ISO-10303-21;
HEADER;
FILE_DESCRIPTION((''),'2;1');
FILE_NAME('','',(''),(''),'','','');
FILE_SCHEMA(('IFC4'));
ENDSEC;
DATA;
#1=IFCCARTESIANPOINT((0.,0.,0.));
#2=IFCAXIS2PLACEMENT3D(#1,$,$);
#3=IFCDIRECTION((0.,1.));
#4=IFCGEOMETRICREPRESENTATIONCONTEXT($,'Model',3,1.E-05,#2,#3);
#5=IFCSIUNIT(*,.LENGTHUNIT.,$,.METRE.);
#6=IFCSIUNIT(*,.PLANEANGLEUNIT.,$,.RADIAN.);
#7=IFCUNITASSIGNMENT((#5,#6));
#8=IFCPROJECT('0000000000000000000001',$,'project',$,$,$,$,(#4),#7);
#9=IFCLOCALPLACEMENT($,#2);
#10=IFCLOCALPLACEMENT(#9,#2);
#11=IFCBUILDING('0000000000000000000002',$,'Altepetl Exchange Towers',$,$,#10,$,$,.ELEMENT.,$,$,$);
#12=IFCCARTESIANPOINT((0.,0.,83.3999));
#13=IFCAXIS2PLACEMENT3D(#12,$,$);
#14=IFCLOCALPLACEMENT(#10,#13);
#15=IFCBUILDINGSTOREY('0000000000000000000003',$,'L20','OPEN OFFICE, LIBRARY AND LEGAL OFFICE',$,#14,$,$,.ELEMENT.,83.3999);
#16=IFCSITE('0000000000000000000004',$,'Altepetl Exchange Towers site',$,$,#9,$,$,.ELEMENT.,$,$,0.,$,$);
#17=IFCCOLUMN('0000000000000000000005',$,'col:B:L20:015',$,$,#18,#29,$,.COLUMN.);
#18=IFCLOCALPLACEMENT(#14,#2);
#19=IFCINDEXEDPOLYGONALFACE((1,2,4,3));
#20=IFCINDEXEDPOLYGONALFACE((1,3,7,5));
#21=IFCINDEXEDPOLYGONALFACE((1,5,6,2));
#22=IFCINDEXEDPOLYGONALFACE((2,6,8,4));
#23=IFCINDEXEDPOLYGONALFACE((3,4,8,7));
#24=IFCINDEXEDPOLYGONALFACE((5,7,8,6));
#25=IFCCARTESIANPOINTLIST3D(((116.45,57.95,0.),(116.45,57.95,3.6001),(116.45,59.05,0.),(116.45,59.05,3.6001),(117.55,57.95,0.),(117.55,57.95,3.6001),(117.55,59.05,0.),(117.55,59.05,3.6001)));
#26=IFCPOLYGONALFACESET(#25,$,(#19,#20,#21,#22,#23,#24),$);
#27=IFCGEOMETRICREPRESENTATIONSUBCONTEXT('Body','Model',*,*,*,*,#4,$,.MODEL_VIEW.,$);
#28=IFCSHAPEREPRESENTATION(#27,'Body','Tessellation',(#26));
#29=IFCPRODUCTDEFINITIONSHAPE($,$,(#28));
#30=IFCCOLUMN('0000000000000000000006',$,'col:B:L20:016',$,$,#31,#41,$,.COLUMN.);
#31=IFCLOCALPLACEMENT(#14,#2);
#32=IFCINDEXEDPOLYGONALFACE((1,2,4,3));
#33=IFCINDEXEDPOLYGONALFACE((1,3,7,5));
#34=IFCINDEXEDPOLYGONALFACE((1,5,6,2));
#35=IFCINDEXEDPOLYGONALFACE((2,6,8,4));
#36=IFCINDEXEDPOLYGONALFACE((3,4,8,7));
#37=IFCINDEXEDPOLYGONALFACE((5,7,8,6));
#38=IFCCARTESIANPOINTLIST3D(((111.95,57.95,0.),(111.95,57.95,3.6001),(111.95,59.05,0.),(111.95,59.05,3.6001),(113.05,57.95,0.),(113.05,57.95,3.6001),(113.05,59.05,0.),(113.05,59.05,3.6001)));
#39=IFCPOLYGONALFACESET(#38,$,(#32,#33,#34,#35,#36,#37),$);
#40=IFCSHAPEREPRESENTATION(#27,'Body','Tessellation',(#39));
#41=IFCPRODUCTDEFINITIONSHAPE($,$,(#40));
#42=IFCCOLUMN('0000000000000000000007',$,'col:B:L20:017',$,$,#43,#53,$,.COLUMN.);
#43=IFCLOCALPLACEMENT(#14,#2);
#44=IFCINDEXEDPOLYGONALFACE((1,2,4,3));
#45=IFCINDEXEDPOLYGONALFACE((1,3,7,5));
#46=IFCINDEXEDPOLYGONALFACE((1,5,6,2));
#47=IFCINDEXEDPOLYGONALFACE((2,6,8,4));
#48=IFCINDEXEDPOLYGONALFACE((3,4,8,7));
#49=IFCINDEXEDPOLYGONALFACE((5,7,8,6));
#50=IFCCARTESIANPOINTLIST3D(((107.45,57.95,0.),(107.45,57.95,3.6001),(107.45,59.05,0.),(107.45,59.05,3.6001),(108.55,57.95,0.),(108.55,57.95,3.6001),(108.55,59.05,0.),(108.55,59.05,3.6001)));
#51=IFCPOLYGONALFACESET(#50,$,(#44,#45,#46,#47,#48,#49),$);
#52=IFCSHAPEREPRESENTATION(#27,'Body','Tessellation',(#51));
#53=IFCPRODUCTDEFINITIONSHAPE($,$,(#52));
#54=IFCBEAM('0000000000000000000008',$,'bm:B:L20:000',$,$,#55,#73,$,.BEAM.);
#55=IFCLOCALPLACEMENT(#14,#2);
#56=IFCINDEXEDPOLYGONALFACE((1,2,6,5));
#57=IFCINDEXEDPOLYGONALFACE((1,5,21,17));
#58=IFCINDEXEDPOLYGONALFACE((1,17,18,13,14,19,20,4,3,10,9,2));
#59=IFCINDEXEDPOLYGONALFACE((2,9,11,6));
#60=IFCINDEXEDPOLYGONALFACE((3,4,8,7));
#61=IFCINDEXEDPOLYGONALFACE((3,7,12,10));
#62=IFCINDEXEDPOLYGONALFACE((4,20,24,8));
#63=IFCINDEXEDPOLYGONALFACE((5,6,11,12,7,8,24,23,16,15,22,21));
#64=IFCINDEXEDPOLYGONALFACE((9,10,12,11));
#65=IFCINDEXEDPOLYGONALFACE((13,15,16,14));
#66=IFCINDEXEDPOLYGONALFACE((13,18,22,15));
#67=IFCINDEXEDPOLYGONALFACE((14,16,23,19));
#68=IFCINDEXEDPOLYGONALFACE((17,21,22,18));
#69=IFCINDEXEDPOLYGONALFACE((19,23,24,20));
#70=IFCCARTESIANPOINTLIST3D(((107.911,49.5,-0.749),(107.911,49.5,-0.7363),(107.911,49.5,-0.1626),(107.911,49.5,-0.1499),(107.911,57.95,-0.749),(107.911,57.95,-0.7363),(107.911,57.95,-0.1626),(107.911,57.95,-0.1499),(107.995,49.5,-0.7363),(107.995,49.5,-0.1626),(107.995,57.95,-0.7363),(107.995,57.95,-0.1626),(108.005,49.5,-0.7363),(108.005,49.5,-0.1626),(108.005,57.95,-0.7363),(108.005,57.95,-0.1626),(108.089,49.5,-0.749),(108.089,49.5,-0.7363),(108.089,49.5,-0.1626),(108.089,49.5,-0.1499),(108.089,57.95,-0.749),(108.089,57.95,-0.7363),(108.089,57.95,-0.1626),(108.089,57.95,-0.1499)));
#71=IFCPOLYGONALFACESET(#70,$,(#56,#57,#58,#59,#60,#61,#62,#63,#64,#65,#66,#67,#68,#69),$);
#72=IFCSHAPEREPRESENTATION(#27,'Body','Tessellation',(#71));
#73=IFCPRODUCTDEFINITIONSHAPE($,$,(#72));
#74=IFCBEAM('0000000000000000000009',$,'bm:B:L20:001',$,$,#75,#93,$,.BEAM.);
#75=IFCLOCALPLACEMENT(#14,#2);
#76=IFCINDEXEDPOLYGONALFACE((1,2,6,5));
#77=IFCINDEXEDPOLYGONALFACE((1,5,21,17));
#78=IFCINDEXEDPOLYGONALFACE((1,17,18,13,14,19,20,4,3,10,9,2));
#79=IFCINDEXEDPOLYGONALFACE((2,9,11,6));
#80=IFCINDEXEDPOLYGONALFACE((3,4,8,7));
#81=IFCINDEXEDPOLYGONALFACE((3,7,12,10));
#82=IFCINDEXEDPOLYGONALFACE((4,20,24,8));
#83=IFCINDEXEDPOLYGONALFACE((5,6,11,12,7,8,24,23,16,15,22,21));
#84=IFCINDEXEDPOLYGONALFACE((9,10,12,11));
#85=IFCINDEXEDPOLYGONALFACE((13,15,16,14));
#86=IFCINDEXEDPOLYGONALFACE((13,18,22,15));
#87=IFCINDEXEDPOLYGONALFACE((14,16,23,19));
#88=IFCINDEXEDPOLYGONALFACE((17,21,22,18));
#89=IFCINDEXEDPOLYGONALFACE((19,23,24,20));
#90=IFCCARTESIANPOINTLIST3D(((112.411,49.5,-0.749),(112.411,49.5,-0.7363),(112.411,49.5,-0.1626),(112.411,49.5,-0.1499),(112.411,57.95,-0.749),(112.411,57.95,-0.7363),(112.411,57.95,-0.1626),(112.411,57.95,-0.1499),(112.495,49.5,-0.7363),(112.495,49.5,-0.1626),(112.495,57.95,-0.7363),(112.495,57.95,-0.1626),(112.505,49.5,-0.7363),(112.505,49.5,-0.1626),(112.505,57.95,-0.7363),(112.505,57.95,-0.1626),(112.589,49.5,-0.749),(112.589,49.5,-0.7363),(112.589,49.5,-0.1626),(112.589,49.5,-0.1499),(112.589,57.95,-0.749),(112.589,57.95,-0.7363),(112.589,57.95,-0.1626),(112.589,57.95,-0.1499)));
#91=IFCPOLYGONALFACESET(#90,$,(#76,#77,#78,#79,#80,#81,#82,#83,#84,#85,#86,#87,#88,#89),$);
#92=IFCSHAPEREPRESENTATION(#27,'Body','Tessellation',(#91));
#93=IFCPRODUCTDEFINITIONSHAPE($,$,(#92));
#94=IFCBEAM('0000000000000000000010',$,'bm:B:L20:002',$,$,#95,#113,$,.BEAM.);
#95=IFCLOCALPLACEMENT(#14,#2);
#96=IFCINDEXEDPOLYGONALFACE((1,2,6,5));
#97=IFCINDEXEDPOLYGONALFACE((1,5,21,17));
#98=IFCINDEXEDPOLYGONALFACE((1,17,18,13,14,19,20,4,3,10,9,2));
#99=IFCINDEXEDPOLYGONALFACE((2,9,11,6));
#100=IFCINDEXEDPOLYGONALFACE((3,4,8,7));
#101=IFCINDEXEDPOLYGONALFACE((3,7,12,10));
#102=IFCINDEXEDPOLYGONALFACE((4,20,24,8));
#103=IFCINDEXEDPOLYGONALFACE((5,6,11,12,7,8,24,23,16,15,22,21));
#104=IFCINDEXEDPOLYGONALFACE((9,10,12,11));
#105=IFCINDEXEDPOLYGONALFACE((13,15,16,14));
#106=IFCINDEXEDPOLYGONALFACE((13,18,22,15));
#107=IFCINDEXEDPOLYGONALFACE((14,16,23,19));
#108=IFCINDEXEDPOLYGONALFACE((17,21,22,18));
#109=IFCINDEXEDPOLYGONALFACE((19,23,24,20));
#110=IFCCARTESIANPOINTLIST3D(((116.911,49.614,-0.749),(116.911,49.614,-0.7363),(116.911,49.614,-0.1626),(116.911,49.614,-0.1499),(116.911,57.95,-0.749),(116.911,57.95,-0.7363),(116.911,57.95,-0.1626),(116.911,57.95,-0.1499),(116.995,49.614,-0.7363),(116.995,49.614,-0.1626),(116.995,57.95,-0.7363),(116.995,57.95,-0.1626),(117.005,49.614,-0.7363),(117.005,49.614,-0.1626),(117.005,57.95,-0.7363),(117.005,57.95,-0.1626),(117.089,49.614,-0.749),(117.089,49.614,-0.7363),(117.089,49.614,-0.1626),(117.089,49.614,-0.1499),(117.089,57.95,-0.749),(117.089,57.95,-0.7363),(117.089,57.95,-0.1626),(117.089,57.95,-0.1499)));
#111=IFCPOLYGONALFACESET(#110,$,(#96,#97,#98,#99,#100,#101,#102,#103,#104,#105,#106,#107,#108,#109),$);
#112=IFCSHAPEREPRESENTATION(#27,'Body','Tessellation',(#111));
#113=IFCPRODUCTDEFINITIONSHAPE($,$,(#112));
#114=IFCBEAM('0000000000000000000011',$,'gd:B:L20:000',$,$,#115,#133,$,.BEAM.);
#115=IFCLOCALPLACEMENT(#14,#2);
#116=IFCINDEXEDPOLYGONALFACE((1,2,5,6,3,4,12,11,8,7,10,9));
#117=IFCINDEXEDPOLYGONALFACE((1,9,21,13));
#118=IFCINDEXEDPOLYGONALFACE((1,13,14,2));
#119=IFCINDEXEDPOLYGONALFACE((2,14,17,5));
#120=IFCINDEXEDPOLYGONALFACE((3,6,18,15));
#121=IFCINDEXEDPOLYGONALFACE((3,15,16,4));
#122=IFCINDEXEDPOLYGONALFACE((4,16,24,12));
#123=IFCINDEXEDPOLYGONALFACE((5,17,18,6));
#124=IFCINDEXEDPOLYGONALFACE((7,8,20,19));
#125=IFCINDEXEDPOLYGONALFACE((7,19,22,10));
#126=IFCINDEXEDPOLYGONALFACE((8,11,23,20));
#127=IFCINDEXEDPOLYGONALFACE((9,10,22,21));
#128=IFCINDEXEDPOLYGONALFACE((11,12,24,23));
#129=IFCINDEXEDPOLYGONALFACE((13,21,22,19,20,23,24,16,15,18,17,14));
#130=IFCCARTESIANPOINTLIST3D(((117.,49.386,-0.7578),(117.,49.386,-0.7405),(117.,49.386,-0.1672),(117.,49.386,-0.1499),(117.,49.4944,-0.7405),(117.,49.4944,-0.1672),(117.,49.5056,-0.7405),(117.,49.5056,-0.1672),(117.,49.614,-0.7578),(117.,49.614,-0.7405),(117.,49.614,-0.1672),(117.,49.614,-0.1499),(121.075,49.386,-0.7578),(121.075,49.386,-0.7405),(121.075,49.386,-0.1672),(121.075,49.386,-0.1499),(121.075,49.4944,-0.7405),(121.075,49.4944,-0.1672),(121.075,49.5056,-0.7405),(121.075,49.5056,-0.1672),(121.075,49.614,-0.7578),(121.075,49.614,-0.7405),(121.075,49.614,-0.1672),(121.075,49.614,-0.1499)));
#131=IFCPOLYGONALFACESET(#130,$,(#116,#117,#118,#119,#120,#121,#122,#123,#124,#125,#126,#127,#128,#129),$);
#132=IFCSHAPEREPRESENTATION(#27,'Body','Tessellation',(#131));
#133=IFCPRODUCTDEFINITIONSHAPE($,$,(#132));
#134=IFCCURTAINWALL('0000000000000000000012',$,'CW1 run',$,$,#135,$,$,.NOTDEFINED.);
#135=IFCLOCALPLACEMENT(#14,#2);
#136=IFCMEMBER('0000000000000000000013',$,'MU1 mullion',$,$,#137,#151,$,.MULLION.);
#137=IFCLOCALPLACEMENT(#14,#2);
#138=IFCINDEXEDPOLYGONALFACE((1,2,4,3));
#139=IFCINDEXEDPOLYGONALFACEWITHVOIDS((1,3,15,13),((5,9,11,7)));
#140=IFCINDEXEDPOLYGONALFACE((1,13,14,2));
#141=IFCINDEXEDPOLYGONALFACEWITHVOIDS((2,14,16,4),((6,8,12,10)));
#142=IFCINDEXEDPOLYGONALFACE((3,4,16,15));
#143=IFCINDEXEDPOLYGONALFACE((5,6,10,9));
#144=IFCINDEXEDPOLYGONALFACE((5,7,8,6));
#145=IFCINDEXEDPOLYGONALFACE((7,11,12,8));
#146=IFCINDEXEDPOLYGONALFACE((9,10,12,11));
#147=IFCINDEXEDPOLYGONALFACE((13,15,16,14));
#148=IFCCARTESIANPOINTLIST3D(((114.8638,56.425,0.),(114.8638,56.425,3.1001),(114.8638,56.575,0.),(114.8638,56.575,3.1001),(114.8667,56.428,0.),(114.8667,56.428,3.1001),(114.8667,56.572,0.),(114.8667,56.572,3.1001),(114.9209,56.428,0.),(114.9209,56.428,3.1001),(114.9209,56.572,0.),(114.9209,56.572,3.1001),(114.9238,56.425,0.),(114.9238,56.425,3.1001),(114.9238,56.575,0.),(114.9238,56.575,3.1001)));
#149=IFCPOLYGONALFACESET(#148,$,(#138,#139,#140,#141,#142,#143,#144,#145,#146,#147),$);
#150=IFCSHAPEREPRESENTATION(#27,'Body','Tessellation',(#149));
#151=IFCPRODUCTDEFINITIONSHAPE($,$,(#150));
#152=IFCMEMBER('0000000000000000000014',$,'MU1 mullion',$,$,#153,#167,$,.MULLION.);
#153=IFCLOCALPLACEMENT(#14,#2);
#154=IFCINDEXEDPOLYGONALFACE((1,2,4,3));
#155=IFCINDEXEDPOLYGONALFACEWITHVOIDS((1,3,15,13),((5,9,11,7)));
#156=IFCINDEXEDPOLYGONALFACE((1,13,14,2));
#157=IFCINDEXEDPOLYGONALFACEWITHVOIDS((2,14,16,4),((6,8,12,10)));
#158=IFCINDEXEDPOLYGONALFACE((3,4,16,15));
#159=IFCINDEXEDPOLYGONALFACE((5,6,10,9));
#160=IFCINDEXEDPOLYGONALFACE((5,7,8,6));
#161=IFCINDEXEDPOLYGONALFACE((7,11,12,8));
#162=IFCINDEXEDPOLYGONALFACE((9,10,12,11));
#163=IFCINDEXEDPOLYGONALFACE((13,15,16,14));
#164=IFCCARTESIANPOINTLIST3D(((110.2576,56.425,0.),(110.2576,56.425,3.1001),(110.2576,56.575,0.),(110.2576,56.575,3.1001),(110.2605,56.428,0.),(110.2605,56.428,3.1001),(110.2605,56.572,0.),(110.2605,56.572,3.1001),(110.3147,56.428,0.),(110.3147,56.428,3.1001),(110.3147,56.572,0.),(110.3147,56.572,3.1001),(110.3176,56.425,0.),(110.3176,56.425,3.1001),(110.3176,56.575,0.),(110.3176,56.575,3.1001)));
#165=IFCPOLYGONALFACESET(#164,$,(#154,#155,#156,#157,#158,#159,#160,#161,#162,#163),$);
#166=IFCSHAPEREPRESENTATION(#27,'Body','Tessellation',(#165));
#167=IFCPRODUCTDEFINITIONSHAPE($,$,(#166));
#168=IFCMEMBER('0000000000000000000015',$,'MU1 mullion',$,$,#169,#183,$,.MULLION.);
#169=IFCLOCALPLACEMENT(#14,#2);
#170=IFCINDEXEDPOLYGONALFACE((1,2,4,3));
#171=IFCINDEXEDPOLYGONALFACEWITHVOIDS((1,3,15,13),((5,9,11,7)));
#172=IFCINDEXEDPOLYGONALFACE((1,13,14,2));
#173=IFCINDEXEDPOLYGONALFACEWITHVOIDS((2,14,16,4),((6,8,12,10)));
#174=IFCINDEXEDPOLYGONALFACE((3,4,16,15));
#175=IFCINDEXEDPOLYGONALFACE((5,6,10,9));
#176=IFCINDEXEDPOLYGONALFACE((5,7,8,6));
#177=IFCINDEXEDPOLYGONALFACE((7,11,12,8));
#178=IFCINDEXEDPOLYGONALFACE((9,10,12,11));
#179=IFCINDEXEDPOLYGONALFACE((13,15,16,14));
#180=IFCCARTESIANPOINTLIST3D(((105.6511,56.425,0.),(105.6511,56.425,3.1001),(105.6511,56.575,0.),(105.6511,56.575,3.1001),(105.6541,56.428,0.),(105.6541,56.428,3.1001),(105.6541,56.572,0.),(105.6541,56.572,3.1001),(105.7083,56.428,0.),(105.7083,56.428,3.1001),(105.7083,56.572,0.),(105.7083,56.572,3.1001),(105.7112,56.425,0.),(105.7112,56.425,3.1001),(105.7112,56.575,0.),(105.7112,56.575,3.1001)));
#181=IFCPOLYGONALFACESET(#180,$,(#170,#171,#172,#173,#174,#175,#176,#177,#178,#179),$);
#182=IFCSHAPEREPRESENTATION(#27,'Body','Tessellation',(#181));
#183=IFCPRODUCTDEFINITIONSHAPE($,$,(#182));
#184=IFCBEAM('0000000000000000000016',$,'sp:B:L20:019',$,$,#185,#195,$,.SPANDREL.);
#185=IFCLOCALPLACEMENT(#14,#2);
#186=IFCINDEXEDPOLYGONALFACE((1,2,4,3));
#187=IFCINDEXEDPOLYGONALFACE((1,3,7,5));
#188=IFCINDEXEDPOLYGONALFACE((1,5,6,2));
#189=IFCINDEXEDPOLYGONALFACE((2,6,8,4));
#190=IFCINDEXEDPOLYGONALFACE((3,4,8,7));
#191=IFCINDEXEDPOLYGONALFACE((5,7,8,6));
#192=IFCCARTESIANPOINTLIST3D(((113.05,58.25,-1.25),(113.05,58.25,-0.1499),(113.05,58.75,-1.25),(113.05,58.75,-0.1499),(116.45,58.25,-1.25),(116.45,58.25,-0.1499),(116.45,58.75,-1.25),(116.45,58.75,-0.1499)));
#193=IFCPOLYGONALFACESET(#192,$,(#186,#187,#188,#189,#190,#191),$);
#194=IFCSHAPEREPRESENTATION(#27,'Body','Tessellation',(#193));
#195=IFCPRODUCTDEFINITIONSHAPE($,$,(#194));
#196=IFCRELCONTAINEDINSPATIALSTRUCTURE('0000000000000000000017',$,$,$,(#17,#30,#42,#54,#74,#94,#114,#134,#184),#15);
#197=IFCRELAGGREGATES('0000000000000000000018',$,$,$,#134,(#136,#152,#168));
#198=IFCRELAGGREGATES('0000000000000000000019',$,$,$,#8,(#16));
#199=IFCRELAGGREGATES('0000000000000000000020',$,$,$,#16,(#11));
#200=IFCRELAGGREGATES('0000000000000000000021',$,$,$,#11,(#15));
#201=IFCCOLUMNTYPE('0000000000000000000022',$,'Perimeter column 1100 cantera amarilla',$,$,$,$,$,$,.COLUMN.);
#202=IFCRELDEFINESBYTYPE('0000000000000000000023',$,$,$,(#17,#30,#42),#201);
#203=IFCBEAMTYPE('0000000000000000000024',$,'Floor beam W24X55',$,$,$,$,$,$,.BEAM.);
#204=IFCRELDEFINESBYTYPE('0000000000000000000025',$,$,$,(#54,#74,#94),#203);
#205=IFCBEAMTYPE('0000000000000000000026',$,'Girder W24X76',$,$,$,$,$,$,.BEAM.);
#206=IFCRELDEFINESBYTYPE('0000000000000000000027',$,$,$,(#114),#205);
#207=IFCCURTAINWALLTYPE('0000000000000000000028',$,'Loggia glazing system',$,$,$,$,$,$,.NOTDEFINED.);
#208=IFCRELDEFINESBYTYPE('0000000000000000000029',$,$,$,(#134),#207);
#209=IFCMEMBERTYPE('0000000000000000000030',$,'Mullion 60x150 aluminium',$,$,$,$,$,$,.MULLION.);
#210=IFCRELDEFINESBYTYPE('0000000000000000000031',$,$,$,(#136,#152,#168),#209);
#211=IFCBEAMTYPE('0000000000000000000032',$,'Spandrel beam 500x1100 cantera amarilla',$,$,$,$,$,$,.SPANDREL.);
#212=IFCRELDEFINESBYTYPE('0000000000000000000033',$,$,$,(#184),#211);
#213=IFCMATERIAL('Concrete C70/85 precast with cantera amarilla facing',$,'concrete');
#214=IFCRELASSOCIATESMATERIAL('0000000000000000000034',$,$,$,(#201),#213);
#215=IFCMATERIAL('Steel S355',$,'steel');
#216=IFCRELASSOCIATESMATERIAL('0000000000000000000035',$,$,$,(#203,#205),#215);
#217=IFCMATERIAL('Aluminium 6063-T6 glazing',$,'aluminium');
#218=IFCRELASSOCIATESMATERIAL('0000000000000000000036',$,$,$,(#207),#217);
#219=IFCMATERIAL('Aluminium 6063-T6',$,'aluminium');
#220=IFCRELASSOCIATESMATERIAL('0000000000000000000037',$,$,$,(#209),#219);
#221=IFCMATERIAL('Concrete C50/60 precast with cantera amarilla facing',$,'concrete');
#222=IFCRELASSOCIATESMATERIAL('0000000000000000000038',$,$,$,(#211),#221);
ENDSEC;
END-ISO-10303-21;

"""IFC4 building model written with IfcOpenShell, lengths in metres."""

from ifc_helpers import new_model, si_unit, direction, frame, origin, origin_2d, place, context, subcontext, project, spatial, rectangle, hollow_rectangle, i_section, extrude, material, material_profile, profile_set, type_object, element, aggregate, save


model = new_model("IFC4")

# Units and contexts
model_context = context("Model", 3, precision=1e-05, world=origin(), true_north=direction((0.0, 1.0)))
body_context = subcontext(model_context, "Body", "Model", "MODEL_VIEW")
ifc_project = project(units=[si_unit("LENGTHUNIT", "METRE"), si_unit("PLANEANGLEUNIT", "RADIAN")], contexts=[model_context])

# Site, building, storey
site_placement = place(None, origin())
site = spatial("IfcSite", under=ifc_project, at=site_placement, Name="Altepetl Exchange Towers site", CompositionType="ELEMENT", RefElevation=0.0)
building_placement = place(site_placement, origin())
building = spatial("IfcBuilding", under=site, at=building_placement, Name="Altepetl Exchange Towers", CompositionType="ELEMENT")
storey_placement = place(building_placement, frame((0.0, 0.0, 83.3999)))
storey = spatial("IfcBuildingStorey", under=building, at=storey_placement, Name="L20", Description="OPEN OFFICE, LIBRARY AND LEGAL OFFICE", CompositionType="ELEMENT", Elevation=83.3999)

# Columns
ifc_material_1 = material(Name="Concrete C70/85 precast with cantera amarilla facing", Category="concrete")
ifc_material_profile_1 = material_profile(ifc_material_1, rectangle(XDim=1.1001, YDim=1.1001, at=origin_2d()), Name="1100 x 1100")
ifc_profile_set_1 = profile_set([ifc_material_profile_1], Name="Concrete C70/85 precast with cantera amarilla facing")
column_type = type_object("IfcColumnType", Name="Perimeter column 1100 cantera amarilla", PredefinedType="COLUMN", material=ifc_profile_set_1)
for number, where, name in (
    (1, (117.0, 58.5, 0.0), "col:B:L20:015"),
    (2, (112.5, 58.5, 0.0), "col:B:L20:016"),
    (3, (108.0, 58.5, 0.0), "col:B:L20:017"),
):
    element("IfcColumn", number, at=place(storey_placement, frame(where)), inside=storey, type_object=column_type, Name=name, PredefinedType="COLUMN", context=body_context, shape_type="SweptSolid", body=[
        extrude(rectangle(XDim=1.1001, YDim=1.1001, at=origin_2d()), origin(), (0.0, 0.0, 1.0), 3.6001),
    ])

# Beams
ifc_material_2 = material(Name="Steel S355", Category="steel")
ifc_material_profile_2 = material_profile(ifc_material_2, i_section(OverallWidth=0.178, OverallDepth=0.5991, WebThickness=0.01, FlangeThickness=0.0127, at=origin_2d()), Name="W24X55")
ifc_profile_set_2 = profile_set([ifc_material_profile_2], Name="Steel S355")
beam_type_1 = type_object("IfcBeamType", Name="Floor beam W24X55", PredefinedType="BEAM", material=ifc_profile_set_2)
for number, where, z_axis, x_axis, name in (
    (4, (108.0, 49.5, -0.4495), (0.0, 1.0, 0.0), (-1.0, 0.0, 0.0), "bm:B:L20:000"),
    (5, (112.5, 49.5, -0.4495), (0.0, 1.0, 0.0), (-1.0, 0.0, 0.0), "bm:B:L20:001"),
):
    element("IfcBeam", number, at=place(storey_placement, frame(where, z_axis=z_axis, x_axis=x_axis)), inside=storey, type_object=beam_type_1, Name=name, PredefinedType="BEAM", context=body_context, shape_type="SweptSolid", body=[
        extrude(i_section(OverallWidth=0.178, OverallDepth=0.5991, WebThickness=0.01, FlangeThickness=0.0127, at=origin_2d()), origin(), (0.0, 0.0, 1.0), 8.45),
    ])
beam_1_placement = place(storey_placement, frame((117.0, 49.614, -0.4495), z_axis=(0.0, 1.0, 0.0), x_axis=(-1.0, 0.0, 0.0)))
element("IfcBeam", 6, at=beam_1_placement, inside=storey, type_object=beam_type_1, Name="bm:B:L20:002", PredefinedType="BEAM", context=body_context, shape_type="SweptSolid", body=[
    extrude(i_section(OverallWidth=0.178, OverallDepth=0.5991, WebThickness=0.01, FlangeThickness=0.0127, at=origin_2d()), origin(), (0.0, 0.0, 1.0), 8.3359),
])
ifc_material_profile_3 = material_profile(ifc_material_2, i_section(OverallWidth=0.228, OverallDepth=0.6079, WebThickness=0.0112, FlangeThickness=0.0173, at=origin_2d()), Name="W24X76")
ifc_profile_set_3 = profile_set([ifc_material_profile_3], Name="Steel S355")
beam_type_2 = type_object("IfcBeamType", Name="Girder W24X76", PredefinedType="BEAM", material=ifc_profile_set_3)
beam_2_placement = place(storey_placement, frame((117.0, 49.5, -0.4539), z_axis=(1.0, 0.0, 0.0), x_axis=(0.0, 1.0, 0.0)))
element("IfcBeam", 7, at=beam_2_placement, inside=storey, type_object=beam_type_2, Name="gd:B:L20:000", PredefinedType="BEAM", context=body_context, shape_type="SweptSolid", body=[
    extrude(i_section(OverallWidth=0.228, OverallDepth=0.6079, WebThickness=0.0112, FlangeThickness=0.0173, at=origin_2d()), origin(), (0.0, 0.0, 1.0), 4.075),
])

# Curtain wall, members
ifc_material_3 = material(Name="Aluminium 6063-T6 glazing", Category="aluminium")
curtain_wall_type = type_object("IfcCurtainWallType", Name="Loggia glazing system", PredefinedType="NOTDEFINED", material=ifc_material_3)
curtain_wall_placement = place(storey_placement, origin())
curtain_wall = element("IfcCurtainWall", 8, at=curtain_wall_placement, inside=storey, type_object=curtain_wall_type, Name="CW1 run", PredefinedType="NOTDEFINED")
ifc_material_4 = material(Name="Aluminium 6063-T6", Category="aluminium")
ifc_material_profile_4 = material_profile(ifc_material_4, hollow_rectangle(XDim=0.0601, YDim=0.1499, WallThickness=0.0029, at=origin_2d()), Name="Mullion 60x150 aluminium")
ifc_profile_set_4 = profile_set([ifc_material_profile_4], Name="Aluminium 6063-T6")
member_type = type_object("IfcMemberType", Name="Mullion 60x150 aluminium", PredefinedType="MULLION", material=ifc_profile_set_4)
member_1_placement = place(storey_placement, frame((114.8938, 56.5, 0.0), z_axis=(0.0, 0.0, 1.0), x_axis=(-1.0, 0.0, 0.0)))
member_1 = element("IfcMember", 9, at=member_1_placement, type_object=member_type, Name="MU1 mullion", PredefinedType="MULLION", context=body_context, shape_type="SweptSolid", body=[
    extrude(hollow_rectangle(XDim=0.0601, YDim=0.1499, WallThickness=0.0029, at=origin_2d()), origin(), (0.0, 0.0, 1.0), 3.1001),
])
member_2_placement = place(storey_placement, frame((110.2876, 56.5, 0.0), z_axis=(0.0, 0.0, 1.0), x_axis=(-1.0, 0.0, 0.0)))
member_2 = element("IfcMember", 10, at=member_2_placement, type_object=member_type, Name="MU1 mullion", PredefinedType="MULLION", context=body_context, shape_type="SweptSolid", body=[
    extrude(hollow_rectangle(XDim=0.0601, YDim=0.1499, WallThickness=0.0029, at=origin_2d()), origin(), (0.0, 0.0, 1.0), 3.1001),
])
member_3_placement = place(storey_placement, frame((105.6812, 56.5, 0.0), z_axis=(0.0, 0.0, 1.0), x_axis=(-1.0, 0.0, 0.0)))
member_3 = element("IfcMember", 11, at=member_3_placement, type_object=member_type, Name="MU1 mullion", PredefinedType="MULLION", context=body_context, shape_type="SweptSolid", body=[
    extrude(hollow_rectangle(XDim=0.0601, YDim=0.1499, WallThickness=0.0029, at=origin_2d()), origin(), (0.0, 0.0, 1.0), 3.1001),
])

# Beam
ifc_material_5 = material(Name="Concrete C50/60 precast with cantera amarilla facing", Category="concrete")
ifc_material_profile_5 = material_profile(ifc_material_5, rectangle(XDim=0.5, YDim=1.1001, at=origin_2d()), Name="500 x 1100")
ifc_profile_set_5 = profile_set([ifc_material_profile_5], Name="Concrete C50/60 precast with cantera amarilla facing")
beam_type_3 = type_object("IfcBeamType", Name="Spandrel beam 500x1100 cantera amarilla", PredefinedType="SPANDREL", material=ifc_profile_set_5)
for number, where, z_axis, x_axis, name in (
    (12, (116.45, 58.5, -0.7), (-1.0, 0.0, 0.0), (0.0, -1.0, 0.0), "sp:B:L20:019"),
):
    element("IfcBeam", number, at=place(storey_placement, frame(where, z_axis=z_axis, x_axis=x_axis)), inside=storey, type_object=beam_type_3, Name=name, PredefinedType="SPANDREL", context=body_context, shape_type="SweptSolid", body=[
        extrude(rectangle(XDim=0.5, YDim=1.1001, at=origin_2d()), origin(), (0.0, 0.0, 1.0), 3.3999),
    ])

aggregate(curtain_wall, [member_1, member_2, member_3])

save(model, "model.ifc")
